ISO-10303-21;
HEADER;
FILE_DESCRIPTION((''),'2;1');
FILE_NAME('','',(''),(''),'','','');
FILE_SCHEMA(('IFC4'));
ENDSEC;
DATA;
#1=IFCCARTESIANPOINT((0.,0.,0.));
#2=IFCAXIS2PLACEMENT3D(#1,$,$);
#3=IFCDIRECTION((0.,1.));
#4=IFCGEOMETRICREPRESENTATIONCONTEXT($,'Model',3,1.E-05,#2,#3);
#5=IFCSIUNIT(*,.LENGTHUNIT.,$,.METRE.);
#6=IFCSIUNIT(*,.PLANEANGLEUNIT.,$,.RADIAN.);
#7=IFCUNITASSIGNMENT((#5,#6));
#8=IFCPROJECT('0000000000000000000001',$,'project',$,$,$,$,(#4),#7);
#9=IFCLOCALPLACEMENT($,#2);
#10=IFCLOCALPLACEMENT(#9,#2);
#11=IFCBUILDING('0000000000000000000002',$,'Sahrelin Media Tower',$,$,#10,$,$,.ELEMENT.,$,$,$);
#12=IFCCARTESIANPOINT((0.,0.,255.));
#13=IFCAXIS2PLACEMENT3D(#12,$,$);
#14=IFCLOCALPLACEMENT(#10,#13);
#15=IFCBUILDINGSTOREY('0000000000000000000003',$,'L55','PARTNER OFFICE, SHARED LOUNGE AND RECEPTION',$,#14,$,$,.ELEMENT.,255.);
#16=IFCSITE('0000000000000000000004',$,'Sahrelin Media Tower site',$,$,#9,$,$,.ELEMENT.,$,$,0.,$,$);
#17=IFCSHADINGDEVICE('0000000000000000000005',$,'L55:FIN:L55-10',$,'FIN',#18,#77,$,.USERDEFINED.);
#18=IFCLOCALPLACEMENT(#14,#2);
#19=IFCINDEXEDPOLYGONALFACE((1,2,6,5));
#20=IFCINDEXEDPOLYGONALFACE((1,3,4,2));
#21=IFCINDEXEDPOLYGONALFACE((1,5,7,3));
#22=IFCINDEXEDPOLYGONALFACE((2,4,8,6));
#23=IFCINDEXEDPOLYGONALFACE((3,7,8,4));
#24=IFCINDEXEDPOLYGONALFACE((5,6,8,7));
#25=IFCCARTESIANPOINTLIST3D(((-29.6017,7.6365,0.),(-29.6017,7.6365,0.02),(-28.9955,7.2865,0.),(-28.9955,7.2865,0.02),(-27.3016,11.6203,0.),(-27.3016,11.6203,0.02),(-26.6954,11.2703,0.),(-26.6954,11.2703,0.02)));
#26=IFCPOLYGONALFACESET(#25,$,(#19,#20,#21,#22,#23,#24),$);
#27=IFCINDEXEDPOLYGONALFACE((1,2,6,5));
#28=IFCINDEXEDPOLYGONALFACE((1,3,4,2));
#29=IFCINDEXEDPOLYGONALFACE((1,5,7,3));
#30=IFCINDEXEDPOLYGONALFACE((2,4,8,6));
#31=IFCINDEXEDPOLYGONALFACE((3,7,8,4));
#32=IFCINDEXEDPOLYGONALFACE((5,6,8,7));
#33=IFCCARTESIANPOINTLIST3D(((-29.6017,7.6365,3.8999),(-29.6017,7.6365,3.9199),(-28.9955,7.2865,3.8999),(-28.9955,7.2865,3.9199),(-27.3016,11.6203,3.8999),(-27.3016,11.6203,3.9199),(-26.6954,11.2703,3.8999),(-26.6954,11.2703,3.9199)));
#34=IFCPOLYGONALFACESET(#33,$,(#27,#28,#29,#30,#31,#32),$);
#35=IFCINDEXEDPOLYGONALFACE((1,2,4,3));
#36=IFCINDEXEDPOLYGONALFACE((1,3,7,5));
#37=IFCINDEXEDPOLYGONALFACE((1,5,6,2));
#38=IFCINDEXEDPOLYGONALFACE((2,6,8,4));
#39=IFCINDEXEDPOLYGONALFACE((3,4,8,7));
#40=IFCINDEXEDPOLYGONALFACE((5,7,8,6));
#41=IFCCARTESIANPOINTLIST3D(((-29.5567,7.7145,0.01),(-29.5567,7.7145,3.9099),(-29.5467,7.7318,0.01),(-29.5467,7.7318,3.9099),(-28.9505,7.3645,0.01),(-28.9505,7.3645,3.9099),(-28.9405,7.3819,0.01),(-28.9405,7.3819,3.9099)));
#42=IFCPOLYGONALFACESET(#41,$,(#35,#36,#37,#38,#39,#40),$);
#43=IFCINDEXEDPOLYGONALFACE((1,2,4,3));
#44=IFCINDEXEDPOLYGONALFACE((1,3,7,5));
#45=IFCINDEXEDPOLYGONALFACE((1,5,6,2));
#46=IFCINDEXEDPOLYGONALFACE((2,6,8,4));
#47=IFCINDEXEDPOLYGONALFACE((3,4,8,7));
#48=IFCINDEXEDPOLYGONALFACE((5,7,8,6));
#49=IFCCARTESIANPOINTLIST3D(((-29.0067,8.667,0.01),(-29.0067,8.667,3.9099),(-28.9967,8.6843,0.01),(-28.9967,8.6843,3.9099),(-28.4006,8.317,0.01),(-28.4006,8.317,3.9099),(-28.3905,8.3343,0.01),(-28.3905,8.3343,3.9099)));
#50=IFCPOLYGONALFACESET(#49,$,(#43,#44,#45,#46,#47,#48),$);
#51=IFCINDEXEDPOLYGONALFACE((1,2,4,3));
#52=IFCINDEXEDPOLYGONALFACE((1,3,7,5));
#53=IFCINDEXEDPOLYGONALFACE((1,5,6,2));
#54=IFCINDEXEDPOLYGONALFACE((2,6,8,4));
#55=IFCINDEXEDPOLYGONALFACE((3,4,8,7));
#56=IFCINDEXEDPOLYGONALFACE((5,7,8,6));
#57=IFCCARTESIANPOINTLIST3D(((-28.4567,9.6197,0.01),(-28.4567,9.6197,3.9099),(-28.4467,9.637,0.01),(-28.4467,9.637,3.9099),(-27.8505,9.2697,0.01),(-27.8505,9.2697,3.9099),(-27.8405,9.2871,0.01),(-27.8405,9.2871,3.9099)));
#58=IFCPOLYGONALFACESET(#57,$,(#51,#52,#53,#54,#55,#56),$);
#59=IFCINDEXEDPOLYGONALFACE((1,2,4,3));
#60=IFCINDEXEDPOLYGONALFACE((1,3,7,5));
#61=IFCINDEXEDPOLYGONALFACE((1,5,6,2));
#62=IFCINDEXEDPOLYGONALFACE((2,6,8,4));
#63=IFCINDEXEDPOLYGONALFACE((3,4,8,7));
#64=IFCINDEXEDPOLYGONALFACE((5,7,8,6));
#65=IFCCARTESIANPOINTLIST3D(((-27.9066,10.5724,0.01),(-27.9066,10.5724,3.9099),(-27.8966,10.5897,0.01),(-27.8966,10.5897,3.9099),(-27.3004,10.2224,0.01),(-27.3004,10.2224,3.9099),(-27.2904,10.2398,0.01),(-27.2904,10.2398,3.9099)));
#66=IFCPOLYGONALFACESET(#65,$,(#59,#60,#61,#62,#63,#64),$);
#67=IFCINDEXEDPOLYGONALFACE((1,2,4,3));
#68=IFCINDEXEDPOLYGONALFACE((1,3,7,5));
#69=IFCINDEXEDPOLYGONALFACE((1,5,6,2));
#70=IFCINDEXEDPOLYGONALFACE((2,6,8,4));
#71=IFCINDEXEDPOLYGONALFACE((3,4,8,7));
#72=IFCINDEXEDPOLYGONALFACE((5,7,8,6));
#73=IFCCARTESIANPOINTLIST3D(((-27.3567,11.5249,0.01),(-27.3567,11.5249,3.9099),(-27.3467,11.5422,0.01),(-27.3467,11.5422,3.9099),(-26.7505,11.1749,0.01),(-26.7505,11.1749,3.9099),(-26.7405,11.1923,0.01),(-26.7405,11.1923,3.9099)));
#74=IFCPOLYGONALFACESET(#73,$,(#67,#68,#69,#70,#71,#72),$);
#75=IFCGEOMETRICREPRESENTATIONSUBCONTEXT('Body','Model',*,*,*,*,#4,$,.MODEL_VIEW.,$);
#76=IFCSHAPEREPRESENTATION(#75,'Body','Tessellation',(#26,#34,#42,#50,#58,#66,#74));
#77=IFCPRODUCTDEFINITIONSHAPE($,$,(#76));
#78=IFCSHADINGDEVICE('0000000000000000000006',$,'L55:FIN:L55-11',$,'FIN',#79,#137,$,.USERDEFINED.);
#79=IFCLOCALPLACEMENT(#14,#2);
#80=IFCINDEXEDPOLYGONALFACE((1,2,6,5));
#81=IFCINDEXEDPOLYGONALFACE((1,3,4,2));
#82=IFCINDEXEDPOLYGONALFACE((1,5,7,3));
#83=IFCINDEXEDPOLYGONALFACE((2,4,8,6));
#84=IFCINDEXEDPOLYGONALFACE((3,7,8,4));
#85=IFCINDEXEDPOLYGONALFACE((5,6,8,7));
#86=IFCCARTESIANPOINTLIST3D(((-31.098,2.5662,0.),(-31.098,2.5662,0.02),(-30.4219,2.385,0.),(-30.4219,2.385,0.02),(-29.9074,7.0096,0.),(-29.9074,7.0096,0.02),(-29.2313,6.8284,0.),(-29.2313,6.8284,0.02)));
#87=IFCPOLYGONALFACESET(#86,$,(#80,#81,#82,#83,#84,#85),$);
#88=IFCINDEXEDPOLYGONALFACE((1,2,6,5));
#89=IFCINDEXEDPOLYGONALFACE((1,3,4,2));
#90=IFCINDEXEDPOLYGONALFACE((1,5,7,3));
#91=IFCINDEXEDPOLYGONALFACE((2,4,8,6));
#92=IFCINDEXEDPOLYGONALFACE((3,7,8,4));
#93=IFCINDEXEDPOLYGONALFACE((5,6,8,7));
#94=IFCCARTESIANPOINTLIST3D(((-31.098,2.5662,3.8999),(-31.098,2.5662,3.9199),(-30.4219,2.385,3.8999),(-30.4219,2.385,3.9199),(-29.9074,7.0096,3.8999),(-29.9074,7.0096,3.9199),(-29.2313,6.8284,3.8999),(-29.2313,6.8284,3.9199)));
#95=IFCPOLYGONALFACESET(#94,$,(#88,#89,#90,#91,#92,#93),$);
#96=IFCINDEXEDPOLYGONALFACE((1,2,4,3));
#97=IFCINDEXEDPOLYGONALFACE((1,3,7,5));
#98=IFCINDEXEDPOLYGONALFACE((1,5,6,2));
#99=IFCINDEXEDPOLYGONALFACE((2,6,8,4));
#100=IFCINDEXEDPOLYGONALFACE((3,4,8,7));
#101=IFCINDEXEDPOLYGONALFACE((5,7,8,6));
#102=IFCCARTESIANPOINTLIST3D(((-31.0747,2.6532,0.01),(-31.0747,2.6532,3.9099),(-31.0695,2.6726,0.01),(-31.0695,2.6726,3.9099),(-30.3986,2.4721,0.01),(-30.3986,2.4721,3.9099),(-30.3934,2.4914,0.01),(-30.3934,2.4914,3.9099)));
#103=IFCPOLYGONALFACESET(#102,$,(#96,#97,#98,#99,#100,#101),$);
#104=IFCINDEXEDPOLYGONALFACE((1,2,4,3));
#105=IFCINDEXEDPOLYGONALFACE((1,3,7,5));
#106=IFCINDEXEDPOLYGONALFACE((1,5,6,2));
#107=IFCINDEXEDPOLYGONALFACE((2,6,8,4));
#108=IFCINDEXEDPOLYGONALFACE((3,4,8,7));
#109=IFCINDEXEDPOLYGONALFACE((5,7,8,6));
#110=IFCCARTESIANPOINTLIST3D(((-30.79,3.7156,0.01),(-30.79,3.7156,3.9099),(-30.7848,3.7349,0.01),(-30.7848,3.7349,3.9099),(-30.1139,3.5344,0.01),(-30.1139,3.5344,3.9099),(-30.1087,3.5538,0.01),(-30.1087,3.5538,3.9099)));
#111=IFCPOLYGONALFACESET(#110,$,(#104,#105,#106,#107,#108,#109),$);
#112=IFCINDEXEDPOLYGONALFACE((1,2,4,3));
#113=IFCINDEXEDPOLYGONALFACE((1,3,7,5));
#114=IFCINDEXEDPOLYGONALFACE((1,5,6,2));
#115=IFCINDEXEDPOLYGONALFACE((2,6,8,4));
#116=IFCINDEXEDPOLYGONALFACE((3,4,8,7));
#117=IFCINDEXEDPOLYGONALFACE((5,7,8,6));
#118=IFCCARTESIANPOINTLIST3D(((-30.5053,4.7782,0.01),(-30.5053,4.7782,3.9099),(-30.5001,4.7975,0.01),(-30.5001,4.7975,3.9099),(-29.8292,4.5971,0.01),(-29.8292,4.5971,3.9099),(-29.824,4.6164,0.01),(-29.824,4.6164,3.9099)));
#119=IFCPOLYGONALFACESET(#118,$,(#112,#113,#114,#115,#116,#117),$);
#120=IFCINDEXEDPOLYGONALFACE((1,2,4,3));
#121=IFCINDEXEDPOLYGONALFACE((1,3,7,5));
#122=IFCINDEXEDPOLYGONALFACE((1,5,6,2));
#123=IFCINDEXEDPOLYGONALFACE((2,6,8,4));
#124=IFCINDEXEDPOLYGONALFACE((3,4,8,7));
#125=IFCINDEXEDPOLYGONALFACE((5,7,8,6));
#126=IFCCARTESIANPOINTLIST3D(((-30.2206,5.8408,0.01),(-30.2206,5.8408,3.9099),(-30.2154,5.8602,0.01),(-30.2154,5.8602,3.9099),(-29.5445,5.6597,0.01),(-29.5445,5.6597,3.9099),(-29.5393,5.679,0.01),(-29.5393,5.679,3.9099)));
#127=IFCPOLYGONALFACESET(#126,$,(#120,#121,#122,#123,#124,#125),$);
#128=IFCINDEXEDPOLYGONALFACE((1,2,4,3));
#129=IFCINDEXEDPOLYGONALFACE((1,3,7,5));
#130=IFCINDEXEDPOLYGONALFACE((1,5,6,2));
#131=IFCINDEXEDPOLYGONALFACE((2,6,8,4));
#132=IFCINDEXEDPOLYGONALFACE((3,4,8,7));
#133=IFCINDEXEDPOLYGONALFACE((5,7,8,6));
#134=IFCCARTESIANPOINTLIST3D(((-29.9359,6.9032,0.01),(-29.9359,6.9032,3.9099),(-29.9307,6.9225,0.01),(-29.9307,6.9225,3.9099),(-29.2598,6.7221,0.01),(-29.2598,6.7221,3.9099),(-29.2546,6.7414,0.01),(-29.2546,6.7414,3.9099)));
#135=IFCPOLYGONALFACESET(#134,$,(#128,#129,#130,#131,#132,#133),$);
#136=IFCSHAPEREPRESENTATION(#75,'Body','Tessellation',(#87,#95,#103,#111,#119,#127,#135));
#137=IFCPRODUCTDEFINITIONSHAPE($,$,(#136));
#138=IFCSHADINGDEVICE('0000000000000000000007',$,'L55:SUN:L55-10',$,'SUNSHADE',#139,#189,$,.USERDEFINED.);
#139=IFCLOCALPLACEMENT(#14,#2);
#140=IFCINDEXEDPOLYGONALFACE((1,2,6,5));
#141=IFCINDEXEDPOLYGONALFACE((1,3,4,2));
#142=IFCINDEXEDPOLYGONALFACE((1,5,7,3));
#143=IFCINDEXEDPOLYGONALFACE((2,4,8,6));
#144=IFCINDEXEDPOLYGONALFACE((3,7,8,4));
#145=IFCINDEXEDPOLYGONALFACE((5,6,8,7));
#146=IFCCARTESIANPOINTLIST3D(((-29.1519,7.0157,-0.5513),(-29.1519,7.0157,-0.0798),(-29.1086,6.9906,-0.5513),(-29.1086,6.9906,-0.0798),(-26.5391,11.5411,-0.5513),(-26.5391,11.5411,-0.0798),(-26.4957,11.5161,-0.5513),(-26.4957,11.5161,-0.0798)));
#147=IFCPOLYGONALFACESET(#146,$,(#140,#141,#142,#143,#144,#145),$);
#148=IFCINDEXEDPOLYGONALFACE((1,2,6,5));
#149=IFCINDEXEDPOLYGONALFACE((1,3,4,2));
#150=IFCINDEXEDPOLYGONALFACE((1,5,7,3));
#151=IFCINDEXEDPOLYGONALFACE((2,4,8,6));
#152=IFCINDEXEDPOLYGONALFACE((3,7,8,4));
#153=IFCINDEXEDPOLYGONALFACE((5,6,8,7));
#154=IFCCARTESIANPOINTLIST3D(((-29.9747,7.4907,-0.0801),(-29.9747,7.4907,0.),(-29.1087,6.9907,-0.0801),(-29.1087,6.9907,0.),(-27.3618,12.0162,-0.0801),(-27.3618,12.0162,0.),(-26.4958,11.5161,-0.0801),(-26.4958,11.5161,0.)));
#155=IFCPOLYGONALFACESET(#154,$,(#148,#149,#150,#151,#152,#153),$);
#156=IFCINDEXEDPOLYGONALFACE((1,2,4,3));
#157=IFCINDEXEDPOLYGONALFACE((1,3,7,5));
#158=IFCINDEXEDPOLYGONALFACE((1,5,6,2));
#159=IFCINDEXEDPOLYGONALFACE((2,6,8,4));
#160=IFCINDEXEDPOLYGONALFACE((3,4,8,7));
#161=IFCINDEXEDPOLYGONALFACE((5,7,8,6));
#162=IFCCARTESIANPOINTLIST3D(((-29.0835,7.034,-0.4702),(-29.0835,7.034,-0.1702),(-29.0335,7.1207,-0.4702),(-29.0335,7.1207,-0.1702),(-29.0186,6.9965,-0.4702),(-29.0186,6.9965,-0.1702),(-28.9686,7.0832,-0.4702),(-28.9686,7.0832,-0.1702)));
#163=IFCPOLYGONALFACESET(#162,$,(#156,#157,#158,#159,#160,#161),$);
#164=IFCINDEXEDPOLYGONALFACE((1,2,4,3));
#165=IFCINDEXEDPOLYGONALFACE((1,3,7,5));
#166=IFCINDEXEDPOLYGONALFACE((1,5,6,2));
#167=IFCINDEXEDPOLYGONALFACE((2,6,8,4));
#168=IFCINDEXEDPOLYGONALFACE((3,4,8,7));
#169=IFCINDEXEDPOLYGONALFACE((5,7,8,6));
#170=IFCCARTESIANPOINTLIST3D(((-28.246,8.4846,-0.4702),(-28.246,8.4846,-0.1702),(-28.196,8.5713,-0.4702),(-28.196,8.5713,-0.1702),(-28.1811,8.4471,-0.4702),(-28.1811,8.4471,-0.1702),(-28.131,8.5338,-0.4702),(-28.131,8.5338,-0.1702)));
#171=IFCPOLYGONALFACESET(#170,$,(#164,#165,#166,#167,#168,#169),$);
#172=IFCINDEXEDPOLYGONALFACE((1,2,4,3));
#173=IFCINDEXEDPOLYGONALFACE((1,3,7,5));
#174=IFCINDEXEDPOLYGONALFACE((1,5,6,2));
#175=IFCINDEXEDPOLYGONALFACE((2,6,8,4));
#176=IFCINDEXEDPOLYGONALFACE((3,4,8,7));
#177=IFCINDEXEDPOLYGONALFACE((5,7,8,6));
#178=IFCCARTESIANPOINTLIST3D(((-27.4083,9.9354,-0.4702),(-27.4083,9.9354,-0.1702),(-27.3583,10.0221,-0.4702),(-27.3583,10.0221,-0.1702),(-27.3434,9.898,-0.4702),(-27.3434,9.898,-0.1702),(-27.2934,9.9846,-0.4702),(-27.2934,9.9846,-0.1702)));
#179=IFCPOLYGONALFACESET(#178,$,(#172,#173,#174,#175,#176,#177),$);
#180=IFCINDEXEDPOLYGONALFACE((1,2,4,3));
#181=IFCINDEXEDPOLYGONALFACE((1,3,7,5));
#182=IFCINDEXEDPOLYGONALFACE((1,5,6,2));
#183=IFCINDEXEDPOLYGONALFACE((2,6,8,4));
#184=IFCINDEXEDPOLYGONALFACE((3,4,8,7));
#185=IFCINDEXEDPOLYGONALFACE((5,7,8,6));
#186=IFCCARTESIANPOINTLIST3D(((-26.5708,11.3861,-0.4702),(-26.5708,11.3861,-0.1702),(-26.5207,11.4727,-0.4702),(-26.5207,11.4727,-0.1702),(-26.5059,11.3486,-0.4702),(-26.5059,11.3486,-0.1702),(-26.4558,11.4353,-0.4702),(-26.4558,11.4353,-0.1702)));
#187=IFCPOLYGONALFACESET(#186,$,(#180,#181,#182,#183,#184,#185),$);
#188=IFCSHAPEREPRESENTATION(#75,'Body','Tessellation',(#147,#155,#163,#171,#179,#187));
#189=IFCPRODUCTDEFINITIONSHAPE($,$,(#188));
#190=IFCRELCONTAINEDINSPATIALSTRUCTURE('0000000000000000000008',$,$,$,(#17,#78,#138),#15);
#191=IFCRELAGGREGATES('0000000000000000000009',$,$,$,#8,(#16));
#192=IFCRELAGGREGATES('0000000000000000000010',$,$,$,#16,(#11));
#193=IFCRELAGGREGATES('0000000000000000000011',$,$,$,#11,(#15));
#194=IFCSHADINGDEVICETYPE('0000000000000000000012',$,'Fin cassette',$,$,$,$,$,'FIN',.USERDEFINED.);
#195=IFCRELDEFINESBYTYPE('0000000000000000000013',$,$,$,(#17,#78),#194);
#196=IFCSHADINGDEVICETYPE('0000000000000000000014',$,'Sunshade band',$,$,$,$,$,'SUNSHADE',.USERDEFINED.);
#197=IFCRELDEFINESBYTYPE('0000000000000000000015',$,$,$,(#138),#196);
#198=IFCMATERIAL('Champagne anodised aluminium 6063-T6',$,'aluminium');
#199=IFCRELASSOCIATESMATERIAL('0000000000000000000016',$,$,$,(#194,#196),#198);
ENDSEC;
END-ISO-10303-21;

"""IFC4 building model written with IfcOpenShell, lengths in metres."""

from ifc_helpers import new_model, si_unit, direction, frame, origin, origin_2d, place, context, subcontext, project, spatial, rectangle, extrude, material, type_object, element, save


model = new_model("IFC4")

# Units and contexts
model_context = context("Model", 3, precision=1e-05, world=origin(), true_north=direction((0.0, 1.0)))
body_context = subcontext(model_context, "Body", "Model", "MODEL_VIEW")
ifc_project = project(units=[si_unit("LENGTHUNIT", "METRE"), si_unit("PLANEANGLEUNIT", "RADIAN")], contexts=[model_context])

# Site, building, storey
site_placement = place(None, origin())
site = spatial("IfcSite", under=ifc_project, at=site_placement, Name="Sahrelin Media Tower site", CompositionType="ELEMENT", RefElevation=0.0)
building_placement = place(site_placement, origin())
building = spatial("IfcBuilding", under=site, at=building_placement, Name="Sahrelin Media Tower", CompositionType="ELEMENT")
storey_placement = place(building_placement, frame((0.0, 0.0, 255.0)))
storey = spatial("IfcBuildingStorey", under=building, at=storey_placement, Name="L55", Description="PARTNER OFFICE, SHARED LOUNGE AND RECEPTION", CompositionType="ELEMENT", Elevation=255.0)

# Shared definitions
ifc_material_1 = material(Name="Champagne anodised aluminium 6063-T6", Category="aluminium")

# Shading devices
shading_device_type_1 = type_object("IfcShadingDeviceType", Name="Fin cassette", ElementType="FIN", PredefinedType="USERDEFINED", material=ifc_material_1)
placement_1 = place(storey_placement, frame((-27.7849, 9.2434, 0.0), z_axis=(0.0, 0.0, 1.0), x_axis=(0.500011, 0.866019, 0.0)))
element("IfcShadingDevice", 1, at=placement_1, inside=storey, type_object=shading_device_type_1, Name="L55:FIN:L55-10", ObjectType="FIN", PredefinedType="USERDEFINED", context=body_context, shape_type="SweptSolid", body=[
    extrude(rectangle(XDim=4.6001, YDim=0.7, at=origin_2d()), frame((0.0, 0.4199, 0.0)), (0.0, 0.0, 1.0), 0.02),
    extrude(rectangle(XDim=4.6001, YDim=0.7, at=origin_2d()), frame((0.0, 0.4199, 3.8999)), (0.0, 0.0, 1.0), 0.02),
    extrude(rectangle(XDim=0.02, YDim=0.7, at=origin_2d()), frame((-2.2, 0.4199, 0.01), z_axis=(0.0, 0.0, 1.0), x_axis=(1.0, 0.0, 0.0)), (0.0, 0.0, 1.0), 3.8999),
    extrude(rectangle(XDim=0.02, YDim=0.7, at=origin_2d()), frame((-1.1001, 0.4199, 0.01), z_axis=(0.0, 0.0, 1.0), x_axis=(1.0, 0.0, 0.0)), (0.0, 0.0, 1.0), 3.8999),
    extrude(rectangle(XDim=0.02, YDim=0.7, at=origin_2d()), frame((0.0, 0.4199, 0.01), z_axis=(0.0, 0.0, 1.0), x_axis=(1.0, 0.0, 0.0)), (0.0, 0.0, 1.0), 3.8999),
    extrude(rectangle(XDim=0.02, YDim=0.7, at=origin_2d()), frame((1.1001, 0.4199, 0.01), z_axis=(0.0, 0.0, 1.0), x_axis=(1.0, 0.0, 0.0)), (0.0, 0.0, 1.0), 3.8999),
    extrude(rectangle(XDim=0.02, YDim=0.7, at=origin_2d()), frame((2.2, 0.4199, 0.01), z_axis=(0.0, 0.0, 1.0), x_axis=(1.0, 0.0, 0.0)), (0.0, 0.0, 1.0), 3.8999),
])
placement_2 = place(storey_placement, frame((-29.759, 4.5886, 0.0), z_axis=(0.0, 0.0, 1.0), x_axis=(0.258808, 0.965929, 0.0)))
element("IfcShadingDevice", 2, at=placement_2, inside=storey, type_object=shading_device_type_1, Name="L55:FIN:L55-11", ObjectType="FIN", PredefinedType="USERDEFINED", context=body_context, shape_type="SweptSolid", body=[
    extrude(rectangle(XDim=4.6001, YDim=0.7, at=origin_2d()), frame((0.0, 0.4199, 0.0)), (0.0, 0.0, 1.0), 0.02),
    extrude(rectangle(XDim=4.6001, YDim=0.7, at=origin_2d()), frame((0.0, 0.4199, 3.8999)), (0.0, 0.0, 1.0), 0.02),
    extrude(rectangle(XDim=0.02, YDim=0.7, at=origin_2d()), frame((-2.2, 0.4199, 0.01), z_axis=(0.0, 0.0, 1.0), x_axis=(1.0, 0.0, 0.0)), (0.0, 0.0, 1.0), 3.8999),
    extrude(rectangle(XDim=0.02, YDim=0.7, at=origin_2d()), frame((-1.1001, 0.4199, 0.01), z_axis=(0.0, 0.0, 1.0), x_axis=(1.0, 0.0, 0.0)), (0.0, 0.0, 1.0), 3.8999),
    extrude(rectangle(XDim=0.02, YDim=0.7, at=origin_2d()), frame((0.0, 0.4199, 0.01), z_axis=(0.0, 0.0, 1.0), x_axis=(1.0, 0.0, 0.0)), (0.0, 0.0, 1.0), 3.8999),
    extrude(rectangle(XDim=0.02, YDim=0.7, at=origin_2d()), frame((1.1001, 0.4199, 0.01), z_axis=(0.0, 0.0, 1.0), x_axis=(1.0, 0.0, 0.0)), (0.0, 0.0, 1.0), 3.8999),
    extrude(rectangle(XDim=0.02, YDim=0.7, at=origin_2d()), frame((2.2, 0.4199, 0.01), z_axis=(0.0, 0.0, 1.0), x_axis=(1.0, 0.0, 0.0)), (0.0, 0.0, 1.0), 3.8999),
])
shading_device_type_2 = type_object("IfcShadingDeviceType", Name="Sunshade band", ElementType="SUNSHADE", PredefinedType="USERDEFINED", material=ifc_material_1)
element("IfcShadingDevice", 3, at=placement_1, inside=storey, type_object=shading_device_type_2, Name="L55:SUN:L55-10", ObjectType="SUNSHADE", PredefinedType="USERDEFINED", context=body_context, shape_type="SweptSolid", body=[
    extrude(rectangle(XDim=5.2256, YDim=0.05, at=origin_2d()), frame((0.0, 0.0449, -0.5513)), (0.0, 0.0, 1.0), 0.4714),
    extrude(rectangle(XDim=5.2256, YDim=1.0, at=origin_2d()), frame((0.0, 0.52, -0.0801)), (0.0, 0.0, 1.0), 0.0801),
    extrude(rectangle(XDim=0.1001, YDim=0.075, at=origin_2d()), frame((-2.5127, -0.0176, -0.4702)), (0.0, 0.0, 1.0), 0.3),
    extrude(rectangle(XDim=0.1001, YDim=0.075, at=origin_2d()), frame((-0.8376, -0.0176, -0.4702)), (0.0, 0.0, 1.0), 0.3),
    extrude(rectangle(XDim=0.1001, YDim=0.075, at=origin_2d()), frame((0.8376, -0.0176, -0.4702)), (0.0, 0.0, 1.0), 0.3),
    extrude(rectangle(XDim=0.1001, YDim=0.075, at=origin_2d()), frame((2.5127, -0.0176, -0.4702)), (0.0, 0.0, 1.0), 0.3),
])

save(model, "model.ifc")
